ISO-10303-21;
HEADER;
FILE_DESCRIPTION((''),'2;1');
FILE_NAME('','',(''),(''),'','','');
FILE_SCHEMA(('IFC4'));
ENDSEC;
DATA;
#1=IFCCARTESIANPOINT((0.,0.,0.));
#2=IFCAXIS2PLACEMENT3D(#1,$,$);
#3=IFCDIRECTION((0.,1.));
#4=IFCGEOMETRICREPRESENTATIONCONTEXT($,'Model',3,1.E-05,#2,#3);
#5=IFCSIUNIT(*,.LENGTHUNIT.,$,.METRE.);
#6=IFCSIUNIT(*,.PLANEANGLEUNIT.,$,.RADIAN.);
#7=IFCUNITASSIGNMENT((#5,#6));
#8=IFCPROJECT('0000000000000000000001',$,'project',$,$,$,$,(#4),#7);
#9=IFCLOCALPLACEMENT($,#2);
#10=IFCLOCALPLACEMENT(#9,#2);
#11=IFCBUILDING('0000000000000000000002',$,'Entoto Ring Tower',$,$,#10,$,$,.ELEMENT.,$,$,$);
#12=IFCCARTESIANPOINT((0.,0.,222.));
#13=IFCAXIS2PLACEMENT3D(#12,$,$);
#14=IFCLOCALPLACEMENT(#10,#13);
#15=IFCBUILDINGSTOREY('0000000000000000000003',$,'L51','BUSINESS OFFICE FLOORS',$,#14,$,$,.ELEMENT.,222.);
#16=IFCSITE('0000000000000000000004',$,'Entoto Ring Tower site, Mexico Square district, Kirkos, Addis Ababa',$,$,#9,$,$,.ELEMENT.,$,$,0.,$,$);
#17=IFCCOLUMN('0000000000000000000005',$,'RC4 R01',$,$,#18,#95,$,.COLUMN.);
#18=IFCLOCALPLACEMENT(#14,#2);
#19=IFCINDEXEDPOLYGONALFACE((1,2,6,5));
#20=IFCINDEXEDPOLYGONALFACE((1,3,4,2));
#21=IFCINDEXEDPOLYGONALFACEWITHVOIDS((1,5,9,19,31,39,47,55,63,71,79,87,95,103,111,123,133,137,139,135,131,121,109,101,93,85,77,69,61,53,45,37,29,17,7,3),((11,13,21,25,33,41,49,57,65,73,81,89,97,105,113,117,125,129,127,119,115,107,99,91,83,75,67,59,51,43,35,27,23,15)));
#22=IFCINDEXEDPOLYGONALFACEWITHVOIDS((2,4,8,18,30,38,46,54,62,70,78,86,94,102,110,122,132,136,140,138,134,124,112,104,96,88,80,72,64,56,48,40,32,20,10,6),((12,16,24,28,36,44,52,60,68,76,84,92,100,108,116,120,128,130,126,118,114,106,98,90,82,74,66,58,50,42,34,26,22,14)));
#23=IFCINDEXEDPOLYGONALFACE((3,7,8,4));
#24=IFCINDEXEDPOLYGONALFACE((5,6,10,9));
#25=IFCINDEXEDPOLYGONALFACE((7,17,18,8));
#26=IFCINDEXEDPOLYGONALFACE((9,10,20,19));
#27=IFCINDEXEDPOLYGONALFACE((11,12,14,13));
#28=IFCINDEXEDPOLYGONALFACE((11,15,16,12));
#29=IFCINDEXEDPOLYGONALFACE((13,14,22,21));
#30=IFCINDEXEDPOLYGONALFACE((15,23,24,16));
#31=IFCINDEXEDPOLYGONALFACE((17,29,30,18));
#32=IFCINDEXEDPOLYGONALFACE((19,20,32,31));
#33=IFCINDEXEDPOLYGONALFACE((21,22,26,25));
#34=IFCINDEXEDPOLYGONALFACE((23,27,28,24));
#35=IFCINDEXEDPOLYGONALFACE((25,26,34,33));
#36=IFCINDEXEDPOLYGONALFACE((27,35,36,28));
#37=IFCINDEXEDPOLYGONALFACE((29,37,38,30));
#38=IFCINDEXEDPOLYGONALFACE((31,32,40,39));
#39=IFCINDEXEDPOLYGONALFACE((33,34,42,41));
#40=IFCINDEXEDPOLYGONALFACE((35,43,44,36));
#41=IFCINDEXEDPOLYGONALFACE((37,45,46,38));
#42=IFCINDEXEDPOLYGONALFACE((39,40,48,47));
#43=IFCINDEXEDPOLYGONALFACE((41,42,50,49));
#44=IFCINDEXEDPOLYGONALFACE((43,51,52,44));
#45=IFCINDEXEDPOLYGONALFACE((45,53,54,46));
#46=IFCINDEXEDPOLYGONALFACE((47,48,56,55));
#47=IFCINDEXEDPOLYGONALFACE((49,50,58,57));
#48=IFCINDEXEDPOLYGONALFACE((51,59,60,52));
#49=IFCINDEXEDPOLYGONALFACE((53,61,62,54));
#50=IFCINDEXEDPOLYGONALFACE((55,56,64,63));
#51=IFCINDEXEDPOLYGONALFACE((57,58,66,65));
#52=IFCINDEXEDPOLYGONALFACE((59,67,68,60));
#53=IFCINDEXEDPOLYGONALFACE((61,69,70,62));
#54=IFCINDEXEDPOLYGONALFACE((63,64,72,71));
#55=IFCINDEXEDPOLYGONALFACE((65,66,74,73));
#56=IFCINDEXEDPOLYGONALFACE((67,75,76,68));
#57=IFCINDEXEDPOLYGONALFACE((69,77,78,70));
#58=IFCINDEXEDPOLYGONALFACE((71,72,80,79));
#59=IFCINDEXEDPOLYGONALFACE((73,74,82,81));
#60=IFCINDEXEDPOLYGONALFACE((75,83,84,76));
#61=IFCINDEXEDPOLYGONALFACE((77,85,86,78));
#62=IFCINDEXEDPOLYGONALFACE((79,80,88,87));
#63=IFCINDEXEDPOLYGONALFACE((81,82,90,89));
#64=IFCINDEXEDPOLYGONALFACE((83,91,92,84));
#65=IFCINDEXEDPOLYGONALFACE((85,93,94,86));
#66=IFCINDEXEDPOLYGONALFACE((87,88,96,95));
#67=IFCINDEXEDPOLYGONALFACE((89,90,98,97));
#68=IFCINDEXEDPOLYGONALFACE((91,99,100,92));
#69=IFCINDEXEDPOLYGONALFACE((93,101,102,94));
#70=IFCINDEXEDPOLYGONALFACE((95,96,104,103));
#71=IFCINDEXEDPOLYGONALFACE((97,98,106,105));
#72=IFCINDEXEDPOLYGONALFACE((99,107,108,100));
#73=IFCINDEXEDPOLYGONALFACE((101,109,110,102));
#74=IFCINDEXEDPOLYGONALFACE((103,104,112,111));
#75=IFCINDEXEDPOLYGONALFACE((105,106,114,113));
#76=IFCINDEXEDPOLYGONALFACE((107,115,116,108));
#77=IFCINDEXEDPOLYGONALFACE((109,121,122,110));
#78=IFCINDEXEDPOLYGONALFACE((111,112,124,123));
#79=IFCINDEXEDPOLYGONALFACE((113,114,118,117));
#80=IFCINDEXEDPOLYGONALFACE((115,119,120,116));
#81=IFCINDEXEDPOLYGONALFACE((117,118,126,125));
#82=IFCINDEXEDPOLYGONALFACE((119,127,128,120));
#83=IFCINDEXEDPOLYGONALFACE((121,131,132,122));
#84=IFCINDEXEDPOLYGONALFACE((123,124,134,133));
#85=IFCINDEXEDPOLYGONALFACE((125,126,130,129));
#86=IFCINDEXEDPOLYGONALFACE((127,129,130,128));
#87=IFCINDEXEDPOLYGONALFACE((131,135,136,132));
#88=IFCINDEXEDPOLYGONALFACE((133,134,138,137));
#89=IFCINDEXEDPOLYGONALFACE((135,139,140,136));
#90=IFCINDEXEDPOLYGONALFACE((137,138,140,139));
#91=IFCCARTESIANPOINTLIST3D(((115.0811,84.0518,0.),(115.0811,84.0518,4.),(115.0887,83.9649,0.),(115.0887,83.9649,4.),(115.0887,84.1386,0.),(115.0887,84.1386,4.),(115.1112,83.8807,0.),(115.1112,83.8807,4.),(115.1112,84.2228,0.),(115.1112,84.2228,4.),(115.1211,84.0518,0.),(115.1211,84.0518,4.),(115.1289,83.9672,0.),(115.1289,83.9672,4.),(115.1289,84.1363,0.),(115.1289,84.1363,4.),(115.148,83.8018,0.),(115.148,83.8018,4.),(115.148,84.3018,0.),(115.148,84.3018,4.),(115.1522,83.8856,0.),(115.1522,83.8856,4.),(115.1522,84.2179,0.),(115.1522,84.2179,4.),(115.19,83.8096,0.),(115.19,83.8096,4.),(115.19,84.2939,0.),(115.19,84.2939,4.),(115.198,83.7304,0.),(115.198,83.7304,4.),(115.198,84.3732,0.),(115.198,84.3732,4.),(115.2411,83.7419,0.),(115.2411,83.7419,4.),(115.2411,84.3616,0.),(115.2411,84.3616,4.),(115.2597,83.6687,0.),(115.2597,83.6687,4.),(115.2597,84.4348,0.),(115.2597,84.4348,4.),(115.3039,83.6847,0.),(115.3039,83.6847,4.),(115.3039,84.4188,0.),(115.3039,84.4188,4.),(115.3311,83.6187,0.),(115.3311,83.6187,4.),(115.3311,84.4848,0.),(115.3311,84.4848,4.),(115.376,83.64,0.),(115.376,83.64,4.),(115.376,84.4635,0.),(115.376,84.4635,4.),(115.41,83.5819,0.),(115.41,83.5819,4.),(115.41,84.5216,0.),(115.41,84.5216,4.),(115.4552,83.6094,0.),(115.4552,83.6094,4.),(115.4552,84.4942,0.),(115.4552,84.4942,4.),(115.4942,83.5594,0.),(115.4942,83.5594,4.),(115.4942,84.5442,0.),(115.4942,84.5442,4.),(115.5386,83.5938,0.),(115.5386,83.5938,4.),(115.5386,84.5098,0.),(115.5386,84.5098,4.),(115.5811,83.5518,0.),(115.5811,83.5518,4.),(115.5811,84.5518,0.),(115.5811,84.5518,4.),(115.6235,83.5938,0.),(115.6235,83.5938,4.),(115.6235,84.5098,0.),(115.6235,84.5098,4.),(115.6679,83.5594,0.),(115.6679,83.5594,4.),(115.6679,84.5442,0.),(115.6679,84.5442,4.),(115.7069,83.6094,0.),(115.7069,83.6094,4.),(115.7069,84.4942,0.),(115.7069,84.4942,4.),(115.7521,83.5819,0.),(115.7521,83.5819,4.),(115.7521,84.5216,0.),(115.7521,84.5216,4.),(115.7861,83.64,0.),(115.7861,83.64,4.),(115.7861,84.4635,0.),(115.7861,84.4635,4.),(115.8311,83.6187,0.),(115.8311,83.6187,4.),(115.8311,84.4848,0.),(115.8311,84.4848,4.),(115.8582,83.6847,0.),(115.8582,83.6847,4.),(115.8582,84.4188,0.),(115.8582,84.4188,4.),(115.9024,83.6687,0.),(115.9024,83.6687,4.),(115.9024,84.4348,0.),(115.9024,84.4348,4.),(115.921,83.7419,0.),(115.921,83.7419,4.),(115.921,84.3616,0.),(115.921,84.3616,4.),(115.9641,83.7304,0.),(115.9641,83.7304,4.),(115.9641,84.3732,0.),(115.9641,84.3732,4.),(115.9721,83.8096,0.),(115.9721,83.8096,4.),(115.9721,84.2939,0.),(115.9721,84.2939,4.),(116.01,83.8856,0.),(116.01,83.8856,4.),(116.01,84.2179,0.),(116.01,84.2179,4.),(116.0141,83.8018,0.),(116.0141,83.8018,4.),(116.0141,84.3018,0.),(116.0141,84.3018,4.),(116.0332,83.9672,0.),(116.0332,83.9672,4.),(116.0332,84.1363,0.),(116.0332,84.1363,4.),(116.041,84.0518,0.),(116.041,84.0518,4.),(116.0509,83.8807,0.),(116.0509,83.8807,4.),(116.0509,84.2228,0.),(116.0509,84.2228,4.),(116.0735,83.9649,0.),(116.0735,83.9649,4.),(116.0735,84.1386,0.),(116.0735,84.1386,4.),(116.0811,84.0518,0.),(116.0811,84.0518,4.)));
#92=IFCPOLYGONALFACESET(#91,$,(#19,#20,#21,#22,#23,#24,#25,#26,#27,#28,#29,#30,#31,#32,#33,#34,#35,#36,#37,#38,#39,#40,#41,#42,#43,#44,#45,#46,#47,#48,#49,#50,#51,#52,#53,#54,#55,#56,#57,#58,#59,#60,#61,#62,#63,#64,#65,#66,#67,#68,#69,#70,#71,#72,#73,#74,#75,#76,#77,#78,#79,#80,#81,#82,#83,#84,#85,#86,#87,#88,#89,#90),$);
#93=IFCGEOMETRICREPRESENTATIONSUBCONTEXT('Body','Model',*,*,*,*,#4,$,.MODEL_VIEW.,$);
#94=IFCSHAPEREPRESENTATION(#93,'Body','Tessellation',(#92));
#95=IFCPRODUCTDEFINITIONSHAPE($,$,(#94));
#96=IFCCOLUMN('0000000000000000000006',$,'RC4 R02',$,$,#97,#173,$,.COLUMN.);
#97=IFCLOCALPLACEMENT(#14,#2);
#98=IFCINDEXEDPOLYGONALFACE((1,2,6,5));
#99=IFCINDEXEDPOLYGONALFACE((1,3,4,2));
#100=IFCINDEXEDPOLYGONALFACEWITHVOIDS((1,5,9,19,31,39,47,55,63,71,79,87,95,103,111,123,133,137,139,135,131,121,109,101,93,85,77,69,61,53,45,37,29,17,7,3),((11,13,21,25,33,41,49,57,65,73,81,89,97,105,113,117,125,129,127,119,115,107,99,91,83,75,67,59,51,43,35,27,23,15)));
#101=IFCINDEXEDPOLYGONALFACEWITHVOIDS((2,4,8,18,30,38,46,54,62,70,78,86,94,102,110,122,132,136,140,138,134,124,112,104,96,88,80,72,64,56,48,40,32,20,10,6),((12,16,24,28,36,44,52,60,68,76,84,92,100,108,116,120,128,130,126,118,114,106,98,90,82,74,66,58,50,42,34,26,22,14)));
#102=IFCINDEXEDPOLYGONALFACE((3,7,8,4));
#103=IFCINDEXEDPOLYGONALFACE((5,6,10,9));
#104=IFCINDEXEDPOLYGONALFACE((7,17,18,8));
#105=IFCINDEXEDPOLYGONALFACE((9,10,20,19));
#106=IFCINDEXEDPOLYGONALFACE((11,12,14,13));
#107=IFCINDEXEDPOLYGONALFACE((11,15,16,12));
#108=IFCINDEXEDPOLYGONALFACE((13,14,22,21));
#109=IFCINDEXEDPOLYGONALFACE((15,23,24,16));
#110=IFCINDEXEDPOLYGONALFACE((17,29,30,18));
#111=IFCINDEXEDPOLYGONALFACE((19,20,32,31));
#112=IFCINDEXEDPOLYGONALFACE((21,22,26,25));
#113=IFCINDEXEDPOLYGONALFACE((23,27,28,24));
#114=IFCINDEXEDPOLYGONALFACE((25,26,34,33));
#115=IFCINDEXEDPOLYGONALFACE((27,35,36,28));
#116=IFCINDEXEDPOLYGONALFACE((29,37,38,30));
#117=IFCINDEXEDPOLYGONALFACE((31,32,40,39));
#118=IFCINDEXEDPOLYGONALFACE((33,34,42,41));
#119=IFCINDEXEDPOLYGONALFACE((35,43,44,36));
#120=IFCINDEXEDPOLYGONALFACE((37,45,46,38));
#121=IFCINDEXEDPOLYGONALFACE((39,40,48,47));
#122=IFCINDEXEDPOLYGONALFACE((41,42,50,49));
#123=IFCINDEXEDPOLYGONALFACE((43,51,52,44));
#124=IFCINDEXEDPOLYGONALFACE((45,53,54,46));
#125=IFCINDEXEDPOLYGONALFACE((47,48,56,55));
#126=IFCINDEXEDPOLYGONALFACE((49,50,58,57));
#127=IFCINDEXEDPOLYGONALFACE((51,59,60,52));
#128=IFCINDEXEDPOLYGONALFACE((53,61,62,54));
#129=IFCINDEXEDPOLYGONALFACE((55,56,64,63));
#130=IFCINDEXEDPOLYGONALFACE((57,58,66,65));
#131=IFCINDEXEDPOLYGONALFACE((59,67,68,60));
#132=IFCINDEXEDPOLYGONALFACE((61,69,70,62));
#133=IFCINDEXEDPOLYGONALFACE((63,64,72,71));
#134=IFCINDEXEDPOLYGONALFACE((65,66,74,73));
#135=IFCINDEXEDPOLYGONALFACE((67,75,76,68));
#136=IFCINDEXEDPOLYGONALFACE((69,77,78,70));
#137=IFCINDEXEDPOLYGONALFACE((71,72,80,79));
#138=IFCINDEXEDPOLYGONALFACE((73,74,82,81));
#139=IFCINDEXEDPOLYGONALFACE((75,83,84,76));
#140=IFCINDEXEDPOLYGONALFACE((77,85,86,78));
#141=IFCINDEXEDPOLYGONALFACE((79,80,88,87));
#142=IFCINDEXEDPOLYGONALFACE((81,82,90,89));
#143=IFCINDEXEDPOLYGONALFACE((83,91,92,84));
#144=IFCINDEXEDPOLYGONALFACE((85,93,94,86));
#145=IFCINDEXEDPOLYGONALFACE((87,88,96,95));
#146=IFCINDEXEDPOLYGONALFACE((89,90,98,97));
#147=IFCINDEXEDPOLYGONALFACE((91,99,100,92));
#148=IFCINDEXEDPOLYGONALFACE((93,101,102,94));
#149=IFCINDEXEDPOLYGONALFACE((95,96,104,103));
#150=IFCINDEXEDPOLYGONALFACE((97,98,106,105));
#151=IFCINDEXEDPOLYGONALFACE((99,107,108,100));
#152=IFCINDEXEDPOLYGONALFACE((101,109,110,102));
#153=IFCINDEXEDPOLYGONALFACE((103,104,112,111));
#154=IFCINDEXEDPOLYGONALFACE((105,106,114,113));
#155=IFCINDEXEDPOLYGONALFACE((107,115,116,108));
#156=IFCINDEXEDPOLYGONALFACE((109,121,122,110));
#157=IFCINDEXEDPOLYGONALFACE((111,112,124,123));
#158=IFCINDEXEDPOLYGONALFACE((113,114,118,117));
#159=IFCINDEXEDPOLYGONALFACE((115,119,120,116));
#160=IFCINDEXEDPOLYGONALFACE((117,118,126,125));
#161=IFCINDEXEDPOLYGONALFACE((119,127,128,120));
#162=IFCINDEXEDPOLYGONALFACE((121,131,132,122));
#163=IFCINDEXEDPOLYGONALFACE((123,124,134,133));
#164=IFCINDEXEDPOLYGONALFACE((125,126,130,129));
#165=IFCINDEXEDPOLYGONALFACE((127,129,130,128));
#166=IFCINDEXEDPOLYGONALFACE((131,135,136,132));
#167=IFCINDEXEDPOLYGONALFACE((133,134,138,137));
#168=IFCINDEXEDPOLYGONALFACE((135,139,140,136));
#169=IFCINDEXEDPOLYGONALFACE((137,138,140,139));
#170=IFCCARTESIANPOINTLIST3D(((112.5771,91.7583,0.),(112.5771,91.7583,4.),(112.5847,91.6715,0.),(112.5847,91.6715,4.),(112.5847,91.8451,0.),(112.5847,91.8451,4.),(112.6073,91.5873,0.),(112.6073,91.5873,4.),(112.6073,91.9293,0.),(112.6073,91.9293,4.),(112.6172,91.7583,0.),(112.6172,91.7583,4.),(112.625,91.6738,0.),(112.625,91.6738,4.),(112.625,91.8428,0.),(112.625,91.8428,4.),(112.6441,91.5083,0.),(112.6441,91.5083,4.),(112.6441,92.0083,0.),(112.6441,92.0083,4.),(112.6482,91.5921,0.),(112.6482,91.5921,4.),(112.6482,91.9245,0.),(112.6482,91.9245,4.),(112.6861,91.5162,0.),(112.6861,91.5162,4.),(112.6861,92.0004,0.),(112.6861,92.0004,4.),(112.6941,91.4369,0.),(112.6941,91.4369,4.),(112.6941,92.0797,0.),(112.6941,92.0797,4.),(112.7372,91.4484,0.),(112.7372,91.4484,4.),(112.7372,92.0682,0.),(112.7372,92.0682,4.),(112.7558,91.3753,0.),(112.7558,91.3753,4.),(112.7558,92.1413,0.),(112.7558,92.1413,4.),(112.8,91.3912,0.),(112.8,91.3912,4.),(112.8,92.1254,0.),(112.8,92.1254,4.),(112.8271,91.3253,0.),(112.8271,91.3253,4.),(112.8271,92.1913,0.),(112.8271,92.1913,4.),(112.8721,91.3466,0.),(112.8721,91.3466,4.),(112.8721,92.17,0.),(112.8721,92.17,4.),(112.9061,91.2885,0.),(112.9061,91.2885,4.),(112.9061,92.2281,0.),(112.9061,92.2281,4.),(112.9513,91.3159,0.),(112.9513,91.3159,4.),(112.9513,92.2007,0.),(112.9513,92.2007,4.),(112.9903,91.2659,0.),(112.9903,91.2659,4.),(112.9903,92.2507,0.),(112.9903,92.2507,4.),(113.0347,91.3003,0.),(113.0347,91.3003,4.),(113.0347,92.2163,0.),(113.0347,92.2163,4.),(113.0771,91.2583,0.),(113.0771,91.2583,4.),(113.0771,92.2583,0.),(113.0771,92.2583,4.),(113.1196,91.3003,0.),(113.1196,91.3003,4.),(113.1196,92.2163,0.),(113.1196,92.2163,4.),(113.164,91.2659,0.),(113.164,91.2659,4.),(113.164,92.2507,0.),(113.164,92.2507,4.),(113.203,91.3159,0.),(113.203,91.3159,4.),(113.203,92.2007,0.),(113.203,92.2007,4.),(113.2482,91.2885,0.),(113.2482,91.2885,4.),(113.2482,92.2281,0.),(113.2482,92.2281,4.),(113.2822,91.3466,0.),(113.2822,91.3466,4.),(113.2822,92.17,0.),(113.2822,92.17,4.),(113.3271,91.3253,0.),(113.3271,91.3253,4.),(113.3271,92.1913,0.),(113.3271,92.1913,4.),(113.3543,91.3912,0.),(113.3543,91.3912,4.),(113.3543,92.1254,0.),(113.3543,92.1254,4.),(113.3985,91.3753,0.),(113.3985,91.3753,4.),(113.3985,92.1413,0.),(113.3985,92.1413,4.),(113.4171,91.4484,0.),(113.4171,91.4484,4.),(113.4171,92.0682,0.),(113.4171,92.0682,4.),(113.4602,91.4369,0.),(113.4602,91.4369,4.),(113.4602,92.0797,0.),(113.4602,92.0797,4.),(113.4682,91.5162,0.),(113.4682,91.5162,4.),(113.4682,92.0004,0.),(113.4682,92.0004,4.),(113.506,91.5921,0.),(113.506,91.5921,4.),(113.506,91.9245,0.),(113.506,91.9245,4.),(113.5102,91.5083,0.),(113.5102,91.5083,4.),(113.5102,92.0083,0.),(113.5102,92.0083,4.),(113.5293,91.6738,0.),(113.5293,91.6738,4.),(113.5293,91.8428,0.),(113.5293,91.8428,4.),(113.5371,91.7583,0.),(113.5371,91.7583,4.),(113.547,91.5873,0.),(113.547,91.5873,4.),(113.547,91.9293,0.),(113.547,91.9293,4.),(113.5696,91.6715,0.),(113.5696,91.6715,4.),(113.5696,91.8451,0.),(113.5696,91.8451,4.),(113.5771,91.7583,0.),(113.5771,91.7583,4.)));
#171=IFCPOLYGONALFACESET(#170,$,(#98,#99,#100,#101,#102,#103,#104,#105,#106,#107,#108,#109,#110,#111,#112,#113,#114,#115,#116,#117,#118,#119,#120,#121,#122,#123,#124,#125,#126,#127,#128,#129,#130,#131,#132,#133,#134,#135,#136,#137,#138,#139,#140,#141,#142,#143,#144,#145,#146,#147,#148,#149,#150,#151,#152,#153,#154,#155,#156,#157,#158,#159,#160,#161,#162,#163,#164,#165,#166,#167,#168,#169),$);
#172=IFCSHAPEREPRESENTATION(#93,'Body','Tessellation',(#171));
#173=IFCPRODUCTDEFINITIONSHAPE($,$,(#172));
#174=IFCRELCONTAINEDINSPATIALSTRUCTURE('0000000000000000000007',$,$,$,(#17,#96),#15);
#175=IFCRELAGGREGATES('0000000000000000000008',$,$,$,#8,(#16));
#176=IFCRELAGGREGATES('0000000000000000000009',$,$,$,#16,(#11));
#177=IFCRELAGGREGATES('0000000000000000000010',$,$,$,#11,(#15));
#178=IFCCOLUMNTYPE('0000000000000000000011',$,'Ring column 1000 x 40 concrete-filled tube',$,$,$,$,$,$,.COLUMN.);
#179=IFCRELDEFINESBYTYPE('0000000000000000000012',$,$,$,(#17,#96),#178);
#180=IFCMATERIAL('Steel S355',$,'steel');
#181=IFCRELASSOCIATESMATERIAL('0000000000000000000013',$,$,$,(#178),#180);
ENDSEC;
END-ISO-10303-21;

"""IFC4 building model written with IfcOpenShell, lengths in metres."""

from ifc_helpers import new_model, si_unit, direction, frame, origin, origin_2d, place, context, subcontext, project, spatial, circle, hollow_circle, extrude, material, material_profile, profile_set, type_object, element, save


model = new_model("IFC4")

# Units and contexts
model_context = context("Model", 3, precision=1e-05, world=origin(), true_north=direction((0.0, 1.0)))
body_context = subcontext(model_context, "Body", "Model", "MODEL_VIEW")
ifc_project = project(units=[si_unit("LENGTHUNIT", "METRE"), si_unit("PLANEANGLEUNIT", "RADIAN")], contexts=[model_context])

# Site, building, storey
site_placement = place(None, origin())
site = spatial("IfcSite", under=ifc_project, at=site_placement, Name="Entoto Ring Tower site, Mexico Square district, Kirkos, Addis Ababa", CompositionType="ELEMENT", RefElevation=0.0)
building_placement = place(site_placement, origin())
building = spatial("IfcBuilding", under=site, at=building_placement, Name="Entoto Ring Tower", CompositionType="ELEMENT")
storey_placement = place(building_placement, frame((0.0, 0.0, 222.0)))
storey = spatial("IfcBuildingStorey", under=building, at=storey_placement, Name="L51", Description="BUSINESS OFFICE FLOORS", CompositionType="ELEMENT", Elevation=222.0)

# Columns
ifc_material_1 = material(Name="Steel S355", Category="steel")
ifc_material_profile_1 = material_profile(ifc_material_1, hollow_circle(Radius=0.5, WallThickness=0.04, at=origin_2d()), Name="CHS 1000 x 40")
ifc_material_2 = material(Name="Concrete C60/75", Category="concrete")
ifc_material_profile_2 = material_profile(ifc_material_2, circle(Radius=0.46, at=origin_2d()), Name="Concrete C60/75 infill")
ifc_profile_set_1 = profile_set([ifc_material_profile_1, ifc_material_profile_2], Name="Steel S355")
column_type = type_object("IfcColumnType", Name="Ring column 1000 x 40 concrete-filled tube", PredefinedType="COLUMN", material=ifc_profile_set_1)
for number, where, z_axis, x_axis, name in (
    (1, (115.5811, 84.0518, 0.0), (0.0, 0.0, 1.0), (1.0, 0.0, 0.0), "RC4 R01"),
    (2, (113.0771, 91.7583, 0.0), (0.0, 0.0, 1.0), (1.0, 0.0, 0.0), "RC4 R02"),
):
    element("IfcColumn", number, at=place(storey_placement, frame(where, z_axis=z_axis, x_axis=x_axis)), inside=storey, type_object=column_type, Name=name, PredefinedType="COLUMN", context=body_context, shape_type="SweptSolid", body=[
        extrude(hollow_circle(Radius=0.5, WallThickness=0.04, at=origin_2d()), origin(), (0.0, 0.0, 1.0), 4.0),
    ])

save(model, "model.ifc")
